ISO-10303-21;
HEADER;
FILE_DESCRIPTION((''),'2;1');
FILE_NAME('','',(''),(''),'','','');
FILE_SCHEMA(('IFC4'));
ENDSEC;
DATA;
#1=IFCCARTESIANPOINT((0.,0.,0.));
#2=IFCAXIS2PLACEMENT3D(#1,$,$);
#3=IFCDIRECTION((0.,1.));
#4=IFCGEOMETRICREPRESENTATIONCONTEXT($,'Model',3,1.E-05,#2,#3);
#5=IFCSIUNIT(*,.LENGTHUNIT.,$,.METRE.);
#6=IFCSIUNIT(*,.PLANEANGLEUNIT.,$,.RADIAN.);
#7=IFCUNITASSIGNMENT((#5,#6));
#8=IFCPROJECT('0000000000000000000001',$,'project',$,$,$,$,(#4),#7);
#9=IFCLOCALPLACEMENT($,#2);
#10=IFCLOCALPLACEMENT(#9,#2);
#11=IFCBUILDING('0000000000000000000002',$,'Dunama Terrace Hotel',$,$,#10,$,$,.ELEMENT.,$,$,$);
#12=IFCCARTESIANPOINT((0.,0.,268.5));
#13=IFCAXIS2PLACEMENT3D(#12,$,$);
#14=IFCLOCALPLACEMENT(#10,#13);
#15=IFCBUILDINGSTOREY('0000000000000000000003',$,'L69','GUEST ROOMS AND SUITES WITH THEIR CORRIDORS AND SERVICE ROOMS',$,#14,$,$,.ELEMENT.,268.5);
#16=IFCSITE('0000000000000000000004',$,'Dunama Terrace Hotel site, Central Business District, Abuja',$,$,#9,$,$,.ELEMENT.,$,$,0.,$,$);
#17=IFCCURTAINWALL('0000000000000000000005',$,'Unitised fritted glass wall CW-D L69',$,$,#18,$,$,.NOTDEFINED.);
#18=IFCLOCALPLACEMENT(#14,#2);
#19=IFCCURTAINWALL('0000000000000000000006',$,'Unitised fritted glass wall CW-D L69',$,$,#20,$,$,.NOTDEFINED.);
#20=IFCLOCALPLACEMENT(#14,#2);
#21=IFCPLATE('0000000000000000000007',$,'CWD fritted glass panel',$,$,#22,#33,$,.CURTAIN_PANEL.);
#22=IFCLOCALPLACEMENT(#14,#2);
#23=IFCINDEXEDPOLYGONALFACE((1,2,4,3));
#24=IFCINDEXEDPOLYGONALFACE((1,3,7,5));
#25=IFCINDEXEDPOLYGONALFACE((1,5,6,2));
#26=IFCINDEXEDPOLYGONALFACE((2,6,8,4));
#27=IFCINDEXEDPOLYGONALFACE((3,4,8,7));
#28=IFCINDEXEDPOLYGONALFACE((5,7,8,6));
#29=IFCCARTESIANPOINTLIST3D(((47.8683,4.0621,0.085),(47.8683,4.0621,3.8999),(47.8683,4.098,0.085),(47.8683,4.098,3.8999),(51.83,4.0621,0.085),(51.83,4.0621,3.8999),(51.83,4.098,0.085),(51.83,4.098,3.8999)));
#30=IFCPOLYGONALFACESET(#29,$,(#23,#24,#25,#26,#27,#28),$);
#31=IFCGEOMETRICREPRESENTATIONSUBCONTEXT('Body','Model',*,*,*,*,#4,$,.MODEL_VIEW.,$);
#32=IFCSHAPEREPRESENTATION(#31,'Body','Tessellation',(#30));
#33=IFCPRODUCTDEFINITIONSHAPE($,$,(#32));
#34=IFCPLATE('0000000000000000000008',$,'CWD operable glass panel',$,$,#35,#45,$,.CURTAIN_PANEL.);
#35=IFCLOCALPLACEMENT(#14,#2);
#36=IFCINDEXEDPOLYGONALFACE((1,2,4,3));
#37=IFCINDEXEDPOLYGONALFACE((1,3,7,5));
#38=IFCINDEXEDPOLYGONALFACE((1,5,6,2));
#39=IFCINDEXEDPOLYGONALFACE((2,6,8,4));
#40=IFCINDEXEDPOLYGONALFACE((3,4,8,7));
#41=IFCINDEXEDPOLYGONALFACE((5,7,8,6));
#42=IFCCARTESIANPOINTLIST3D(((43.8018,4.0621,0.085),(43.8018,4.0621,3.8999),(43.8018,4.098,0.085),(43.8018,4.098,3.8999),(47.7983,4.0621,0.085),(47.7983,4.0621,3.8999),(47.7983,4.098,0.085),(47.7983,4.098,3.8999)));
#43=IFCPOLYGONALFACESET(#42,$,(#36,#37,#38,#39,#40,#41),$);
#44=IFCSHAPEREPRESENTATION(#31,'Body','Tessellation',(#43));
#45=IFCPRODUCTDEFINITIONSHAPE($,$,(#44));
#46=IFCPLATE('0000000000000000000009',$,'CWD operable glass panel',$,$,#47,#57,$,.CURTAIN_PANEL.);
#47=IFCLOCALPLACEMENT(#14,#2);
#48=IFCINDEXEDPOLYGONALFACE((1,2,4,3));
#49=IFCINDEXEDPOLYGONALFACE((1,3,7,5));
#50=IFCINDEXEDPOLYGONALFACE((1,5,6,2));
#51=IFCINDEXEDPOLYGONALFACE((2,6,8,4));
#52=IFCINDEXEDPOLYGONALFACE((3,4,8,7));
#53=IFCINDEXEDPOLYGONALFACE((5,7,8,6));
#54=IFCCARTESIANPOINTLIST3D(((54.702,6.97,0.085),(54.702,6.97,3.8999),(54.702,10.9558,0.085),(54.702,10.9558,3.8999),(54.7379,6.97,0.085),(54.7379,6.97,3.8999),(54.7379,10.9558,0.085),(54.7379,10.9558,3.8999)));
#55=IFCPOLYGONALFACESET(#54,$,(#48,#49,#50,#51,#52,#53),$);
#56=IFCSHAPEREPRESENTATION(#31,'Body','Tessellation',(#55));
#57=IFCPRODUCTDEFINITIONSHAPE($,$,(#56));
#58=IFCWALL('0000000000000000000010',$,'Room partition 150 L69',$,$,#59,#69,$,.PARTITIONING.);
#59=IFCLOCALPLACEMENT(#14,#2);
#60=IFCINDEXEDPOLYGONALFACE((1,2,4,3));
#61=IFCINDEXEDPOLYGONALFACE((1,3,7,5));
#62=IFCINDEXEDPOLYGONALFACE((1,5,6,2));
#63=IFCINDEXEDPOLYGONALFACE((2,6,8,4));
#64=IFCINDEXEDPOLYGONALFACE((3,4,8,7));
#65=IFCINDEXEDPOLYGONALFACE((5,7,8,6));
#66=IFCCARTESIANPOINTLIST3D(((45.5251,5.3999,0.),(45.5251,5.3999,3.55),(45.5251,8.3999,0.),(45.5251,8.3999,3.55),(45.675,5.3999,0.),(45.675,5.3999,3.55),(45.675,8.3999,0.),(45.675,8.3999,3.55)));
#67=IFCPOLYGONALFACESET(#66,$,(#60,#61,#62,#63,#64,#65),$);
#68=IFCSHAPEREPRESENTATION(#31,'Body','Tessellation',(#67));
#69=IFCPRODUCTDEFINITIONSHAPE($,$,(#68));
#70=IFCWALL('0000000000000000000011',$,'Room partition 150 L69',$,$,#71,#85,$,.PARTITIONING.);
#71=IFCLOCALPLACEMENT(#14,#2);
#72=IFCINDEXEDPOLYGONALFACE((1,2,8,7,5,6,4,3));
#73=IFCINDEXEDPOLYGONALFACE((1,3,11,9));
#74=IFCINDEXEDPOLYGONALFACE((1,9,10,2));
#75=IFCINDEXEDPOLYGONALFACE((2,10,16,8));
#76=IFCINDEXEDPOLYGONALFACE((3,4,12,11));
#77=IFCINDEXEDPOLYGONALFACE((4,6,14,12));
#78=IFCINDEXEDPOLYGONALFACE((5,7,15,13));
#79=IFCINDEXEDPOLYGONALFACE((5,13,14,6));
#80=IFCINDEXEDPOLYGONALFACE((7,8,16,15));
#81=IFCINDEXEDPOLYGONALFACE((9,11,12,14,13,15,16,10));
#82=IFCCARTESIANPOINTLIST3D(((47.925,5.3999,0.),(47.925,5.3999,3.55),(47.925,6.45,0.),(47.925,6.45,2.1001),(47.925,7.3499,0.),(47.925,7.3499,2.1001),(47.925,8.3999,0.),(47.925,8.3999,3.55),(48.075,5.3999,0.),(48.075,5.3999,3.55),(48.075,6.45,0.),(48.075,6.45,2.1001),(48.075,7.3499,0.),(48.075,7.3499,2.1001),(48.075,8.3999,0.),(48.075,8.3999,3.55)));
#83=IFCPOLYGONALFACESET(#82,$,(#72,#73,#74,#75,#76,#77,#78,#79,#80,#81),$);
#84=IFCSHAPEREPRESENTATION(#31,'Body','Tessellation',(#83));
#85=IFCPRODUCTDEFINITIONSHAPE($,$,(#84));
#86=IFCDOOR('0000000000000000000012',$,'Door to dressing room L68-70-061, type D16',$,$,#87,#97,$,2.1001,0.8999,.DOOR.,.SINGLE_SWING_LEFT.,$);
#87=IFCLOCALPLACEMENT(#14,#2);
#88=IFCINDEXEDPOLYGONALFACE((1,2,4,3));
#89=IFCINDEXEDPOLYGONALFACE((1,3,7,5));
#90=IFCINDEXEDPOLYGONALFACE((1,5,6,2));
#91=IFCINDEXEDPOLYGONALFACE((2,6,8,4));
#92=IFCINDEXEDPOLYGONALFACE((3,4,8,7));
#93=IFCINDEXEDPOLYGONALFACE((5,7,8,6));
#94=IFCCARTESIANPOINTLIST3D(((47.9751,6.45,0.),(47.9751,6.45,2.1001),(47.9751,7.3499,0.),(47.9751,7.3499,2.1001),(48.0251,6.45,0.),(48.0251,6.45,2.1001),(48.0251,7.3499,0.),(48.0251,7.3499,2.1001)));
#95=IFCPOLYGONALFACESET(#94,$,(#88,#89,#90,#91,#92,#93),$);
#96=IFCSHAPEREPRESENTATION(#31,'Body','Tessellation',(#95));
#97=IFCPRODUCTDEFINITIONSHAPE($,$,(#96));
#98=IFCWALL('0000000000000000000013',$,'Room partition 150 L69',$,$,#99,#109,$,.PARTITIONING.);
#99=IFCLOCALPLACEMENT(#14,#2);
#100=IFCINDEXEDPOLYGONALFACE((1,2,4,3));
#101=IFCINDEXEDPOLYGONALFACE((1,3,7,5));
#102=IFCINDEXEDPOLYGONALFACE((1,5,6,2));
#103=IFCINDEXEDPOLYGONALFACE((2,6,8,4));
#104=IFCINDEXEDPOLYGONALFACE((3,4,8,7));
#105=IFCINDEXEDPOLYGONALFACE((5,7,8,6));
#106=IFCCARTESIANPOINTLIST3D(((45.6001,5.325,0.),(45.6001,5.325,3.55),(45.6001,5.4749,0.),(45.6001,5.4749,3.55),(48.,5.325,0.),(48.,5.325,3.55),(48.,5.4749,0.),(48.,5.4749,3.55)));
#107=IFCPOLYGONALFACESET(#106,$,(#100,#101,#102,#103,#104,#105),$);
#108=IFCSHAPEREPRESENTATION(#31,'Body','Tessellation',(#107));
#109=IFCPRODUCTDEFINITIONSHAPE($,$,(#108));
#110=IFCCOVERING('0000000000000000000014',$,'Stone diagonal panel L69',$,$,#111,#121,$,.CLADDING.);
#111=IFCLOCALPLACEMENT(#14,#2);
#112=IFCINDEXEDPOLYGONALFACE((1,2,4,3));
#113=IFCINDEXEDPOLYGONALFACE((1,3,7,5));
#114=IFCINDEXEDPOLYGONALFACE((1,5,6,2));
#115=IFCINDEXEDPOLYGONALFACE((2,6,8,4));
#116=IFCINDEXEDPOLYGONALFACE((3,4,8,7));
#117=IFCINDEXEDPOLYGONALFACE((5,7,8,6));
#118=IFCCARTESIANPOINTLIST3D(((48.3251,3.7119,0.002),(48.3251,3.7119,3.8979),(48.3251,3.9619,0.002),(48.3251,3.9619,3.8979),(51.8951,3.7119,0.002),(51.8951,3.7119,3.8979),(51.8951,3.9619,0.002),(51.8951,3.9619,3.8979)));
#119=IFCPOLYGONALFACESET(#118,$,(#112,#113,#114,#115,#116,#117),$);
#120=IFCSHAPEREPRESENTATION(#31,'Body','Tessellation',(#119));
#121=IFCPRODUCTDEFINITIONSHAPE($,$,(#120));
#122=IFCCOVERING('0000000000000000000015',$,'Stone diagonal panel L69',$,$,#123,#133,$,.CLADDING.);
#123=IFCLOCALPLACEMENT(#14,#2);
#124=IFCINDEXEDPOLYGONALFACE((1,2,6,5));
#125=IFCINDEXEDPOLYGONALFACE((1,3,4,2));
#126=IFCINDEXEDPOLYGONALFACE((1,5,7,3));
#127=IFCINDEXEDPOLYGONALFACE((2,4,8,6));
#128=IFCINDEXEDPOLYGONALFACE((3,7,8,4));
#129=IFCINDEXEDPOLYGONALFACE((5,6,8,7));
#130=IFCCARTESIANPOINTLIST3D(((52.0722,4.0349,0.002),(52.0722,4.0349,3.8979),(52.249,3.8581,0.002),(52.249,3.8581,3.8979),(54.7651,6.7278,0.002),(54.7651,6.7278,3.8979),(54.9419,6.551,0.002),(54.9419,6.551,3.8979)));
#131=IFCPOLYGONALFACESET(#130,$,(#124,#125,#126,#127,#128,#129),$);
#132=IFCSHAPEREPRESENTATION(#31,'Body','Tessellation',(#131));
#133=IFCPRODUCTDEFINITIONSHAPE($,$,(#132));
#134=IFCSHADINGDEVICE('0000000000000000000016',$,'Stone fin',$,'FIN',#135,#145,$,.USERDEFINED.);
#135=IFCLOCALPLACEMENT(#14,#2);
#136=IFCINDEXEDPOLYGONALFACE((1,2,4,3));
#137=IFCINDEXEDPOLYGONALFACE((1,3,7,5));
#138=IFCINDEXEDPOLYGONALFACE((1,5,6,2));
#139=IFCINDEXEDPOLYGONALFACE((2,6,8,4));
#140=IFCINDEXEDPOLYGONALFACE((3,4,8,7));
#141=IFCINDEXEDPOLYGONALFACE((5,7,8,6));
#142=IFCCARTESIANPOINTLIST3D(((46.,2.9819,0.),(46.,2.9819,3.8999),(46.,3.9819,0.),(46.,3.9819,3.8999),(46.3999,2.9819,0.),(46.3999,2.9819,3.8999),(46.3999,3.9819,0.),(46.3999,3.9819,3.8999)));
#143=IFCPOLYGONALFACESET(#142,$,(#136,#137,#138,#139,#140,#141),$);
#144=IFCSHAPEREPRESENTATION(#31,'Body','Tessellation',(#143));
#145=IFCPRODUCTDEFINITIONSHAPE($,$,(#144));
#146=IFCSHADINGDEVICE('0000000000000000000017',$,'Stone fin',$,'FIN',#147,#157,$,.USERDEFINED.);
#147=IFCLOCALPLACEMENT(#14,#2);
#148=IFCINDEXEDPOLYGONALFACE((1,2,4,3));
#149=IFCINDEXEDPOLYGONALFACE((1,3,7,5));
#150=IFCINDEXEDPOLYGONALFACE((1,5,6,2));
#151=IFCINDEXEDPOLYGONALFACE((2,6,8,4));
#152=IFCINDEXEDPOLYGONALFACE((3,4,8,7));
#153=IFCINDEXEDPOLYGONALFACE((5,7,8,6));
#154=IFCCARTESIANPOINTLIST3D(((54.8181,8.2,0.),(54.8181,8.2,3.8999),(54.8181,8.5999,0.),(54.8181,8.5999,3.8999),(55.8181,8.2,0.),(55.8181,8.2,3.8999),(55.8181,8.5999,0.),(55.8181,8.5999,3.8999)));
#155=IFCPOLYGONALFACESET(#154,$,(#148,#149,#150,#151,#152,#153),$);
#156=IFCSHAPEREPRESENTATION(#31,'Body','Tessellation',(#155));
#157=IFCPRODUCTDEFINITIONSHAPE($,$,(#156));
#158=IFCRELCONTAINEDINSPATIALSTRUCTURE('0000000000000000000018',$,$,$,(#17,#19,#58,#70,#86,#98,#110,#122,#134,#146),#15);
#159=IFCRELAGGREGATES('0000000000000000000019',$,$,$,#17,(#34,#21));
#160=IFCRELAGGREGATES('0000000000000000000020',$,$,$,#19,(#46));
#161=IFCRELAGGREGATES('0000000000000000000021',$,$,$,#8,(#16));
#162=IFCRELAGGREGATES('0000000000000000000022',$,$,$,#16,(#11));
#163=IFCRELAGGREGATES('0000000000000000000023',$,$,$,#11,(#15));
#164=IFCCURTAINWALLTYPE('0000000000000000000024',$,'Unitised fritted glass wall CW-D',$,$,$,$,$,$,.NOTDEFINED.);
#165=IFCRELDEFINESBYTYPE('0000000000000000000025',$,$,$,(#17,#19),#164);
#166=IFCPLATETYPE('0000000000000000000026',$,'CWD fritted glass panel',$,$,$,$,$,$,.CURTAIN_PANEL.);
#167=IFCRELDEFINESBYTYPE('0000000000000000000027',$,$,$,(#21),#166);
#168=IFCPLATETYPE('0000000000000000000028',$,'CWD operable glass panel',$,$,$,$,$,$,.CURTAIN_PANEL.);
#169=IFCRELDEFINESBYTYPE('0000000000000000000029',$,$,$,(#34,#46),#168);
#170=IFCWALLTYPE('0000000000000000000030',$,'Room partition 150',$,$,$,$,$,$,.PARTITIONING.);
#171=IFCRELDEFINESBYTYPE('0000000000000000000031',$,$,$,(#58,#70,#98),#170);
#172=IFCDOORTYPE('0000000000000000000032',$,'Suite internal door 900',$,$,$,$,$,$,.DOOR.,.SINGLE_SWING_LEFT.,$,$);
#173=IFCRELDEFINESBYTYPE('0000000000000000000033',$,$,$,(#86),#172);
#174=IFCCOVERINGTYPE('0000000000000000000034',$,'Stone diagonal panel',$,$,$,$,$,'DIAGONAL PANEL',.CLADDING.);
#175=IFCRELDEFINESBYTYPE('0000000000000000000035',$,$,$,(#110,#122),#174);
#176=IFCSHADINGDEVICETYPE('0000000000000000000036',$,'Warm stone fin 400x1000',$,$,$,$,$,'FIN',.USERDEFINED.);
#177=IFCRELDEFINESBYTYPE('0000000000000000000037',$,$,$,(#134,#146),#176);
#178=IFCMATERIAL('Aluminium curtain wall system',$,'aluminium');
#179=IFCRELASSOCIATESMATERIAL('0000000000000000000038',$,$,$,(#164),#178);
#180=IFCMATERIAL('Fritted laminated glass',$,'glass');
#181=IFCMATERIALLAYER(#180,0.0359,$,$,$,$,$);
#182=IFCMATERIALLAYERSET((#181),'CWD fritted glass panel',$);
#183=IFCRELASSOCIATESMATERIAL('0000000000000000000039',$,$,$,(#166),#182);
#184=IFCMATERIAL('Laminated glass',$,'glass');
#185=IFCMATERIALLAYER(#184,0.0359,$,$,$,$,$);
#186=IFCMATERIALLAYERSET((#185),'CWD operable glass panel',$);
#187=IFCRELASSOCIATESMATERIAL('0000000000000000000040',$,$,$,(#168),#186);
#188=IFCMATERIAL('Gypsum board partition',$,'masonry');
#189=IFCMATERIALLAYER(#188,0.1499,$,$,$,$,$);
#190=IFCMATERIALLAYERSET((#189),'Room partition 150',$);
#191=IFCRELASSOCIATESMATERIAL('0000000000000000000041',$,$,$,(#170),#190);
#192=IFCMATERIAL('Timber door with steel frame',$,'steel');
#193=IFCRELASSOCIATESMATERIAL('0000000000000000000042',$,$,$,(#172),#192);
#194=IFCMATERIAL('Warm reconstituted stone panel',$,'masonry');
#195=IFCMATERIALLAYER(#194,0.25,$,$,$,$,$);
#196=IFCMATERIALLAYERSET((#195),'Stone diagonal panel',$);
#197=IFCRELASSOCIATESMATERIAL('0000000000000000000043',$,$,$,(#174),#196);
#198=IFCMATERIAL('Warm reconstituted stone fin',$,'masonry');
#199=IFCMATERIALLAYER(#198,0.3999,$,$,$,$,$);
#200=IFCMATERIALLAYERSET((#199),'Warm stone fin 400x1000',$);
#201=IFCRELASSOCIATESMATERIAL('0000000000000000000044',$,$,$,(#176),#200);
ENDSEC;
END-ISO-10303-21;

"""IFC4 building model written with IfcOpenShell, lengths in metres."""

from ifc_helpers import new_model, si_unit, direction, frame, frame_2d, origin, origin_2d, place, context, subcontext, project, spatial, rectangle, extrude, material, layer, layer_set, type_object, element, fill, aggregate, save


model = new_model("IFC4")

# Units and contexts
model_context = context("Model", 3, precision=1e-05, world=origin(), true_north=direction((0.0, 1.0)))
body_context = subcontext(model_context, "Body", "Model", "MODEL_VIEW")
ifc_project = project(units=[si_unit("LENGTHUNIT", "METRE"), si_unit("PLANEANGLEUNIT", "RADIAN")], contexts=[model_context])

# Site, building, storey
site_placement = place(None, origin())
site = spatial("IfcSite", under=ifc_project, at=site_placement, Name="Dunama Terrace Hotel site, Central Business District, Abuja", CompositionType="ELEMENT", RefElevation=0.0)
building_placement = place(site_placement, origin())
building = spatial("IfcBuilding", under=site, at=building_placement, Name="Dunama Terrace Hotel", CompositionType="ELEMENT")
storey_placement = place(building_placement, frame((0.0, 0.0, 268.5)))
storey = spatial("IfcBuildingStorey", under=building, at=storey_placement, Name="L69", Description="GUEST ROOMS AND SUITES WITH THEIR CORRIDORS AND SERVICE ROOMS", CompositionType="ELEMENT", Elevation=268.5)

# Curtain wall
ifc_material_1 = material(Name="Aluminium curtain wall system", Category="aluminium")
curtain_wall_type = type_object("IfcCurtainWallType", Name="Unitised fritted glass wall CW-D", PredefinedType="NOTDEFINED", material=ifc_material_1)
curtain_wall_1_placement = place(storey_placement, origin())
curtain_wall_1 = element("IfcCurtainWall", 1, at=curtain_wall_1_placement, inside=storey, type_object=curtain_wall_type, Name="Unitised fritted glass wall CW-D L69", PredefinedType="NOTDEFINED")

# Curtain wall
curtain_wall_2_placement = place(storey_placement, origin())
curtain_wall_2 = element("IfcCurtainWall", 2, at=curtain_wall_2_placement, inside=storey, type_object=curtain_wall_type, Name="Unitised fritted glass wall CW-D L69", PredefinedType="NOTDEFINED")

# Plates
ifc_material_2 = material(Name="Fritted laminated glass", Category="glass")
ifc_layer_1 = layer(ifc_material_2, 0.0359)
ifc_layer_set_1 = layer_set([ifc_layer_1], Name="CWD fritted glass panel")
plate_type_1 = type_object("IfcPlateType", Name="CWD fritted glass panel", PredefinedType="CURTAIN_PANEL", material=ifc_layer_set_1)
plate_1_placement = place(storey_placement, frame((49.8491, 4.0801, 0.085), z_axis=(0.0, 0.0, 1.0), x_axis=(1.0, 0.0, 0.0)))
plate_1 = element("IfcPlate", 3, at=plate_1_placement, type_object=plate_type_1, Name="CWD fritted glass panel", PredefinedType="CURTAIN_PANEL", context=body_context, shape_type="SweptSolid", body=[
    extrude(rectangle(XDim=3.9617, YDim=0.0359, at=origin_2d()), origin(), (0.0, 0.0, 1.0), 3.8149),
])
ifc_material_3 = material(Name="Laminated glass", Category="glass")
ifc_layer_2 = layer(ifc_material_3, 0.0359)
ifc_layer_set_2 = layer_set([ifc_layer_2], Name="CWD operable glass panel")
plate_type_2 = type_object("IfcPlateType", Name="CWD operable glass panel", PredefinedType="CURTAIN_PANEL", material=ifc_layer_set_2)
plate_2_placement = place(storey_placement, frame((45.8, 4.0801, 0.085), z_axis=(0.0, 0.0, 1.0), x_axis=(1.0, 0.0, 0.0)))
plate_2 = element("IfcPlate", 4, at=plate_2_placement, type_object=plate_type_2, Name="CWD operable glass panel", PredefinedType="CURTAIN_PANEL", context=body_context, shape_type="SweptSolid", body=[
    extrude(rectangle(XDim=3.9966, YDim=0.0359, at=origin_2d()), origin(), (0.0, 0.0, 1.0), 3.8149),
])
aggregate(curtain_wall_1, [plate_2, plate_1])
plate_3_placement = place(storey_placement, frame((54.72, 8.9629, 0.085), z_axis=(0.0, 0.0, 1.0), x_axis=(0.0, 1.0, 0.0)))
plate_3 = element("IfcPlate", 5, at=plate_3_placement, type_object=plate_type_2, Name="CWD operable glass panel", PredefinedType="CURTAIN_PANEL", context=body_context, shape_type="SweptSolid", body=[
    extrude(rectangle(XDim=3.9858, YDim=0.0359, at=origin_2d()), origin(), (0.0, 0.0, 1.0), 3.8149),
])
aggregate(curtain_wall_2, [plate_3])

# Wall
ifc_material_4 = material(Name="Gypsum board partition", Category="masonry")
ifc_layer_3 = layer(ifc_material_4, 0.1499)
ifc_layer_set_3 = layer_set([ifc_layer_3], Name="Room partition 150")
wall_type = type_object("IfcWallType", Name="Room partition 150", PredefinedType="PARTITIONING", material=ifc_layer_set_3)
wall_1_placement = place(storey_placement, frame((45.6001, 5.3999, 0.0), z_axis=(0.0, 0.0, 1.0), x_axis=(0.0, 1.0, 0.0)))
element("IfcWall", 6, at=wall_1_placement, inside=storey, type_object=wall_type, Name="Room partition 150 L69", PredefinedType="PARTITIONING", context=body_context, shape_type="SweptSolid", body=[
    extrude(rectangle(XDim=3.0, YDim=0.1499, at=frame_2d((1.5, 0.0))), origin(), (0.0, 0.0, 1.0), 3.55),
])

# Wall, opening, door
wall_2_placement = place(storey_placement, frame((48.0, 5.3999, 0.0), z_axis=(0.0, 0.0, 1.0), x_axis=(0.0, 1.0, 0.0)))
wall_2 = element("IfcWall", 7, at=wall_2_placement, inside=storey, type_object=wall_type, Name="Room partition 150 L69", PredefinedType="PARTITIONING", context=body_context, shape_type="SweptSolid", body=[
    extrude(rectangle(XDim=3.0, YDim=0.1499, at=frame_2d((1.5, 0.0))), origin(), (0.0, 0.0, 1.0), 3.55),
])
opening_placement = place(wall_2_placement, frame((1.05, 0.0, 0.0)))
opening = element("IfcOpeningElement", 8, at=opening_placement, cuts=wall_2, PredefinedType="OPENING", context=body_context, shape_type="SweptSolid", body=[
    extrude(rectangle(XDim=0.8999, YDim=2.1001, at=frame_2d((0.45, 1.05))), frame((0.0, 0.085, 0.0), z_axis=(0.0, -1.0, 0.0), x_axis=(1.0, 0.0, 0.0)), (0.0, 0.0, 1.0), 0.1699),
])
ifc_material_5 = material(Name="Timber door with steel frame", Category="steel")
door_type = type_object("IfcDoorType", Name="Suite internal door 900", OperationType="SINGLE_SWING_LEFT", PredefinedType="DOOR", material=ifc_material_5)
door_placement = place(opening_placement, origin())
door = element("IfcDoor", 9, at=door_placement, inside=storey, type_object=door_type, Name="Door to dressing room L68-70-061, type D16", OperationType="SINGLE_SWING_LEFT", OverallHeight=2.1001, OverallWidth=0.8999, PredefinedType="DOOR", context=body_context, shape_type="SweptSolid", body=[
    extrude(rectangle(XDim=0.8999, YDim=2.1001, at=frame_2d((0.45, 1.05))), frame((0.0, 0.0249, 0.0), z_axis=(0.0, -1.0, 0.0), x_axis=(1.0, 0.0, 0.0)), (0.0, 0.0, 1.0), 0.05),
])
fill(opening, door)

# Wall
wall_3_placement = place(storey_placement, frame((45.6001, 5.3999, 0.0), z_axis=(0.0, 0.0, 1.0), x_axis=(1.0, 0.0, 0.0)))
element("IfcWall", 10, at=wall_3_placement, inside=storey, type_object=wall_type, Name="Room partition 150 L69", PredefinedType="PARTITIONING", context=body_context, shape_type="SweptSolid", body=[
    extrude(rectangle(XDim=2.3999, YDim=0.1499, at=frame_2d((1.2, 0.0))), origin(), (0.0, 0.0, 1.0), 3.55),
])

# Coverings
ifc_material_6 = material(Name="Warm reconstituted stone panel", Category="masonry")
ifc_layer_4 = layer(ifc_material_6, 0.25)
ifc_layer_set_4 = layer_set([ifc_layer_4], Name="Stone diagonal panel")
covering_type = type_object("IfcCoveringType", Name="Stone diagonal panel", ElementType="DIAGONAL PANEL", PredefinedType="CLADDING", material=ifc_layer_set_4)
covering_1_placement = place(storey_placement, frame((50.1101, 3.8369, 0.002), z_axis=(0.0, 0.0, 1.0), x_axis=(1.0, 0.0, 0.0)))
element("IfcCovering", 11, at=covering_1_placement, inside=storey, type_object=covering_type, Name="Stone diagonal panel L69", PredefinedType="CLADDING", context=body_context, shape_type="SweptSolid", body=[
    extrude(rectangle(XDim=3.5701, YDim=0.25, at=origin_2d()), origin(), (0.0, 0.0, 1.0), 3.896),
])
covering_2_placement = place(storey_placement, frame((53.5071, 5.293, 0.002), z_axis=(0.0, 0.0, 1.0), x_axis=(0.707107, 0.707107, 0.0)))
element("IfcCovering", 12, at=covering_2_placement, inside=storey, type_object=covering_type, Name="Stone diagonal panel L69", PredefinedType="CLADDING", context=body_context, shape_type="SweptSolid", body=[
    extrude(rectangle(XDim=3.8083, YDim=0.25, at=origin_2d()), origin(), (0.0, 0.0, 1.0), 3.896),
])

# Shading devices
ifc_material_7 = material(Name="Warm reconstituted stone fin", Category="masonry")
ifc_layer_5 = layer(ifc_material_7, 0.3999)
ifc_layer_set_5 = layer_set([ifc_layer_5], Name="Warm stone fin 400x1000")
shading_device_type = type_object("IfcShadingDeviceType", Name="Warm stone fin 400x1000", ElementType="FIN", PredefinedType="USERDEFINED", material=ifc_layer_set_5)
for number, where, z_axis, x_axis, name in (
    (13, (46.2, 3.4819, 0.0), (0.0, 0.0, 1.0), (1.0, 0.0, 0.0), "Stone fin"),
    (14, (55.3181, 8.3999, 0.0), (0.0, 0.0, 1.0), (0.0, 1.0, 0.0), "Stone fin"),
):
    element("IfcShadingDevice", number, at=place(storey_placement, frame(where, z_axis=z_axis, x_axis=x_axis)), inside=storey, type_object=shading_device_type, Name=name, ObjectType="FIN", PredefinedType="USERDEFINED", context=body_context, shape_type="SweptSolid", body=[
        extrude(rectangle(XDim=0.3999, YDim=1.0, at=origin_2d()), origin(), (0.0, 0.0, 1.0), 3.8999),
    ])

save(model, "model.ifc")
